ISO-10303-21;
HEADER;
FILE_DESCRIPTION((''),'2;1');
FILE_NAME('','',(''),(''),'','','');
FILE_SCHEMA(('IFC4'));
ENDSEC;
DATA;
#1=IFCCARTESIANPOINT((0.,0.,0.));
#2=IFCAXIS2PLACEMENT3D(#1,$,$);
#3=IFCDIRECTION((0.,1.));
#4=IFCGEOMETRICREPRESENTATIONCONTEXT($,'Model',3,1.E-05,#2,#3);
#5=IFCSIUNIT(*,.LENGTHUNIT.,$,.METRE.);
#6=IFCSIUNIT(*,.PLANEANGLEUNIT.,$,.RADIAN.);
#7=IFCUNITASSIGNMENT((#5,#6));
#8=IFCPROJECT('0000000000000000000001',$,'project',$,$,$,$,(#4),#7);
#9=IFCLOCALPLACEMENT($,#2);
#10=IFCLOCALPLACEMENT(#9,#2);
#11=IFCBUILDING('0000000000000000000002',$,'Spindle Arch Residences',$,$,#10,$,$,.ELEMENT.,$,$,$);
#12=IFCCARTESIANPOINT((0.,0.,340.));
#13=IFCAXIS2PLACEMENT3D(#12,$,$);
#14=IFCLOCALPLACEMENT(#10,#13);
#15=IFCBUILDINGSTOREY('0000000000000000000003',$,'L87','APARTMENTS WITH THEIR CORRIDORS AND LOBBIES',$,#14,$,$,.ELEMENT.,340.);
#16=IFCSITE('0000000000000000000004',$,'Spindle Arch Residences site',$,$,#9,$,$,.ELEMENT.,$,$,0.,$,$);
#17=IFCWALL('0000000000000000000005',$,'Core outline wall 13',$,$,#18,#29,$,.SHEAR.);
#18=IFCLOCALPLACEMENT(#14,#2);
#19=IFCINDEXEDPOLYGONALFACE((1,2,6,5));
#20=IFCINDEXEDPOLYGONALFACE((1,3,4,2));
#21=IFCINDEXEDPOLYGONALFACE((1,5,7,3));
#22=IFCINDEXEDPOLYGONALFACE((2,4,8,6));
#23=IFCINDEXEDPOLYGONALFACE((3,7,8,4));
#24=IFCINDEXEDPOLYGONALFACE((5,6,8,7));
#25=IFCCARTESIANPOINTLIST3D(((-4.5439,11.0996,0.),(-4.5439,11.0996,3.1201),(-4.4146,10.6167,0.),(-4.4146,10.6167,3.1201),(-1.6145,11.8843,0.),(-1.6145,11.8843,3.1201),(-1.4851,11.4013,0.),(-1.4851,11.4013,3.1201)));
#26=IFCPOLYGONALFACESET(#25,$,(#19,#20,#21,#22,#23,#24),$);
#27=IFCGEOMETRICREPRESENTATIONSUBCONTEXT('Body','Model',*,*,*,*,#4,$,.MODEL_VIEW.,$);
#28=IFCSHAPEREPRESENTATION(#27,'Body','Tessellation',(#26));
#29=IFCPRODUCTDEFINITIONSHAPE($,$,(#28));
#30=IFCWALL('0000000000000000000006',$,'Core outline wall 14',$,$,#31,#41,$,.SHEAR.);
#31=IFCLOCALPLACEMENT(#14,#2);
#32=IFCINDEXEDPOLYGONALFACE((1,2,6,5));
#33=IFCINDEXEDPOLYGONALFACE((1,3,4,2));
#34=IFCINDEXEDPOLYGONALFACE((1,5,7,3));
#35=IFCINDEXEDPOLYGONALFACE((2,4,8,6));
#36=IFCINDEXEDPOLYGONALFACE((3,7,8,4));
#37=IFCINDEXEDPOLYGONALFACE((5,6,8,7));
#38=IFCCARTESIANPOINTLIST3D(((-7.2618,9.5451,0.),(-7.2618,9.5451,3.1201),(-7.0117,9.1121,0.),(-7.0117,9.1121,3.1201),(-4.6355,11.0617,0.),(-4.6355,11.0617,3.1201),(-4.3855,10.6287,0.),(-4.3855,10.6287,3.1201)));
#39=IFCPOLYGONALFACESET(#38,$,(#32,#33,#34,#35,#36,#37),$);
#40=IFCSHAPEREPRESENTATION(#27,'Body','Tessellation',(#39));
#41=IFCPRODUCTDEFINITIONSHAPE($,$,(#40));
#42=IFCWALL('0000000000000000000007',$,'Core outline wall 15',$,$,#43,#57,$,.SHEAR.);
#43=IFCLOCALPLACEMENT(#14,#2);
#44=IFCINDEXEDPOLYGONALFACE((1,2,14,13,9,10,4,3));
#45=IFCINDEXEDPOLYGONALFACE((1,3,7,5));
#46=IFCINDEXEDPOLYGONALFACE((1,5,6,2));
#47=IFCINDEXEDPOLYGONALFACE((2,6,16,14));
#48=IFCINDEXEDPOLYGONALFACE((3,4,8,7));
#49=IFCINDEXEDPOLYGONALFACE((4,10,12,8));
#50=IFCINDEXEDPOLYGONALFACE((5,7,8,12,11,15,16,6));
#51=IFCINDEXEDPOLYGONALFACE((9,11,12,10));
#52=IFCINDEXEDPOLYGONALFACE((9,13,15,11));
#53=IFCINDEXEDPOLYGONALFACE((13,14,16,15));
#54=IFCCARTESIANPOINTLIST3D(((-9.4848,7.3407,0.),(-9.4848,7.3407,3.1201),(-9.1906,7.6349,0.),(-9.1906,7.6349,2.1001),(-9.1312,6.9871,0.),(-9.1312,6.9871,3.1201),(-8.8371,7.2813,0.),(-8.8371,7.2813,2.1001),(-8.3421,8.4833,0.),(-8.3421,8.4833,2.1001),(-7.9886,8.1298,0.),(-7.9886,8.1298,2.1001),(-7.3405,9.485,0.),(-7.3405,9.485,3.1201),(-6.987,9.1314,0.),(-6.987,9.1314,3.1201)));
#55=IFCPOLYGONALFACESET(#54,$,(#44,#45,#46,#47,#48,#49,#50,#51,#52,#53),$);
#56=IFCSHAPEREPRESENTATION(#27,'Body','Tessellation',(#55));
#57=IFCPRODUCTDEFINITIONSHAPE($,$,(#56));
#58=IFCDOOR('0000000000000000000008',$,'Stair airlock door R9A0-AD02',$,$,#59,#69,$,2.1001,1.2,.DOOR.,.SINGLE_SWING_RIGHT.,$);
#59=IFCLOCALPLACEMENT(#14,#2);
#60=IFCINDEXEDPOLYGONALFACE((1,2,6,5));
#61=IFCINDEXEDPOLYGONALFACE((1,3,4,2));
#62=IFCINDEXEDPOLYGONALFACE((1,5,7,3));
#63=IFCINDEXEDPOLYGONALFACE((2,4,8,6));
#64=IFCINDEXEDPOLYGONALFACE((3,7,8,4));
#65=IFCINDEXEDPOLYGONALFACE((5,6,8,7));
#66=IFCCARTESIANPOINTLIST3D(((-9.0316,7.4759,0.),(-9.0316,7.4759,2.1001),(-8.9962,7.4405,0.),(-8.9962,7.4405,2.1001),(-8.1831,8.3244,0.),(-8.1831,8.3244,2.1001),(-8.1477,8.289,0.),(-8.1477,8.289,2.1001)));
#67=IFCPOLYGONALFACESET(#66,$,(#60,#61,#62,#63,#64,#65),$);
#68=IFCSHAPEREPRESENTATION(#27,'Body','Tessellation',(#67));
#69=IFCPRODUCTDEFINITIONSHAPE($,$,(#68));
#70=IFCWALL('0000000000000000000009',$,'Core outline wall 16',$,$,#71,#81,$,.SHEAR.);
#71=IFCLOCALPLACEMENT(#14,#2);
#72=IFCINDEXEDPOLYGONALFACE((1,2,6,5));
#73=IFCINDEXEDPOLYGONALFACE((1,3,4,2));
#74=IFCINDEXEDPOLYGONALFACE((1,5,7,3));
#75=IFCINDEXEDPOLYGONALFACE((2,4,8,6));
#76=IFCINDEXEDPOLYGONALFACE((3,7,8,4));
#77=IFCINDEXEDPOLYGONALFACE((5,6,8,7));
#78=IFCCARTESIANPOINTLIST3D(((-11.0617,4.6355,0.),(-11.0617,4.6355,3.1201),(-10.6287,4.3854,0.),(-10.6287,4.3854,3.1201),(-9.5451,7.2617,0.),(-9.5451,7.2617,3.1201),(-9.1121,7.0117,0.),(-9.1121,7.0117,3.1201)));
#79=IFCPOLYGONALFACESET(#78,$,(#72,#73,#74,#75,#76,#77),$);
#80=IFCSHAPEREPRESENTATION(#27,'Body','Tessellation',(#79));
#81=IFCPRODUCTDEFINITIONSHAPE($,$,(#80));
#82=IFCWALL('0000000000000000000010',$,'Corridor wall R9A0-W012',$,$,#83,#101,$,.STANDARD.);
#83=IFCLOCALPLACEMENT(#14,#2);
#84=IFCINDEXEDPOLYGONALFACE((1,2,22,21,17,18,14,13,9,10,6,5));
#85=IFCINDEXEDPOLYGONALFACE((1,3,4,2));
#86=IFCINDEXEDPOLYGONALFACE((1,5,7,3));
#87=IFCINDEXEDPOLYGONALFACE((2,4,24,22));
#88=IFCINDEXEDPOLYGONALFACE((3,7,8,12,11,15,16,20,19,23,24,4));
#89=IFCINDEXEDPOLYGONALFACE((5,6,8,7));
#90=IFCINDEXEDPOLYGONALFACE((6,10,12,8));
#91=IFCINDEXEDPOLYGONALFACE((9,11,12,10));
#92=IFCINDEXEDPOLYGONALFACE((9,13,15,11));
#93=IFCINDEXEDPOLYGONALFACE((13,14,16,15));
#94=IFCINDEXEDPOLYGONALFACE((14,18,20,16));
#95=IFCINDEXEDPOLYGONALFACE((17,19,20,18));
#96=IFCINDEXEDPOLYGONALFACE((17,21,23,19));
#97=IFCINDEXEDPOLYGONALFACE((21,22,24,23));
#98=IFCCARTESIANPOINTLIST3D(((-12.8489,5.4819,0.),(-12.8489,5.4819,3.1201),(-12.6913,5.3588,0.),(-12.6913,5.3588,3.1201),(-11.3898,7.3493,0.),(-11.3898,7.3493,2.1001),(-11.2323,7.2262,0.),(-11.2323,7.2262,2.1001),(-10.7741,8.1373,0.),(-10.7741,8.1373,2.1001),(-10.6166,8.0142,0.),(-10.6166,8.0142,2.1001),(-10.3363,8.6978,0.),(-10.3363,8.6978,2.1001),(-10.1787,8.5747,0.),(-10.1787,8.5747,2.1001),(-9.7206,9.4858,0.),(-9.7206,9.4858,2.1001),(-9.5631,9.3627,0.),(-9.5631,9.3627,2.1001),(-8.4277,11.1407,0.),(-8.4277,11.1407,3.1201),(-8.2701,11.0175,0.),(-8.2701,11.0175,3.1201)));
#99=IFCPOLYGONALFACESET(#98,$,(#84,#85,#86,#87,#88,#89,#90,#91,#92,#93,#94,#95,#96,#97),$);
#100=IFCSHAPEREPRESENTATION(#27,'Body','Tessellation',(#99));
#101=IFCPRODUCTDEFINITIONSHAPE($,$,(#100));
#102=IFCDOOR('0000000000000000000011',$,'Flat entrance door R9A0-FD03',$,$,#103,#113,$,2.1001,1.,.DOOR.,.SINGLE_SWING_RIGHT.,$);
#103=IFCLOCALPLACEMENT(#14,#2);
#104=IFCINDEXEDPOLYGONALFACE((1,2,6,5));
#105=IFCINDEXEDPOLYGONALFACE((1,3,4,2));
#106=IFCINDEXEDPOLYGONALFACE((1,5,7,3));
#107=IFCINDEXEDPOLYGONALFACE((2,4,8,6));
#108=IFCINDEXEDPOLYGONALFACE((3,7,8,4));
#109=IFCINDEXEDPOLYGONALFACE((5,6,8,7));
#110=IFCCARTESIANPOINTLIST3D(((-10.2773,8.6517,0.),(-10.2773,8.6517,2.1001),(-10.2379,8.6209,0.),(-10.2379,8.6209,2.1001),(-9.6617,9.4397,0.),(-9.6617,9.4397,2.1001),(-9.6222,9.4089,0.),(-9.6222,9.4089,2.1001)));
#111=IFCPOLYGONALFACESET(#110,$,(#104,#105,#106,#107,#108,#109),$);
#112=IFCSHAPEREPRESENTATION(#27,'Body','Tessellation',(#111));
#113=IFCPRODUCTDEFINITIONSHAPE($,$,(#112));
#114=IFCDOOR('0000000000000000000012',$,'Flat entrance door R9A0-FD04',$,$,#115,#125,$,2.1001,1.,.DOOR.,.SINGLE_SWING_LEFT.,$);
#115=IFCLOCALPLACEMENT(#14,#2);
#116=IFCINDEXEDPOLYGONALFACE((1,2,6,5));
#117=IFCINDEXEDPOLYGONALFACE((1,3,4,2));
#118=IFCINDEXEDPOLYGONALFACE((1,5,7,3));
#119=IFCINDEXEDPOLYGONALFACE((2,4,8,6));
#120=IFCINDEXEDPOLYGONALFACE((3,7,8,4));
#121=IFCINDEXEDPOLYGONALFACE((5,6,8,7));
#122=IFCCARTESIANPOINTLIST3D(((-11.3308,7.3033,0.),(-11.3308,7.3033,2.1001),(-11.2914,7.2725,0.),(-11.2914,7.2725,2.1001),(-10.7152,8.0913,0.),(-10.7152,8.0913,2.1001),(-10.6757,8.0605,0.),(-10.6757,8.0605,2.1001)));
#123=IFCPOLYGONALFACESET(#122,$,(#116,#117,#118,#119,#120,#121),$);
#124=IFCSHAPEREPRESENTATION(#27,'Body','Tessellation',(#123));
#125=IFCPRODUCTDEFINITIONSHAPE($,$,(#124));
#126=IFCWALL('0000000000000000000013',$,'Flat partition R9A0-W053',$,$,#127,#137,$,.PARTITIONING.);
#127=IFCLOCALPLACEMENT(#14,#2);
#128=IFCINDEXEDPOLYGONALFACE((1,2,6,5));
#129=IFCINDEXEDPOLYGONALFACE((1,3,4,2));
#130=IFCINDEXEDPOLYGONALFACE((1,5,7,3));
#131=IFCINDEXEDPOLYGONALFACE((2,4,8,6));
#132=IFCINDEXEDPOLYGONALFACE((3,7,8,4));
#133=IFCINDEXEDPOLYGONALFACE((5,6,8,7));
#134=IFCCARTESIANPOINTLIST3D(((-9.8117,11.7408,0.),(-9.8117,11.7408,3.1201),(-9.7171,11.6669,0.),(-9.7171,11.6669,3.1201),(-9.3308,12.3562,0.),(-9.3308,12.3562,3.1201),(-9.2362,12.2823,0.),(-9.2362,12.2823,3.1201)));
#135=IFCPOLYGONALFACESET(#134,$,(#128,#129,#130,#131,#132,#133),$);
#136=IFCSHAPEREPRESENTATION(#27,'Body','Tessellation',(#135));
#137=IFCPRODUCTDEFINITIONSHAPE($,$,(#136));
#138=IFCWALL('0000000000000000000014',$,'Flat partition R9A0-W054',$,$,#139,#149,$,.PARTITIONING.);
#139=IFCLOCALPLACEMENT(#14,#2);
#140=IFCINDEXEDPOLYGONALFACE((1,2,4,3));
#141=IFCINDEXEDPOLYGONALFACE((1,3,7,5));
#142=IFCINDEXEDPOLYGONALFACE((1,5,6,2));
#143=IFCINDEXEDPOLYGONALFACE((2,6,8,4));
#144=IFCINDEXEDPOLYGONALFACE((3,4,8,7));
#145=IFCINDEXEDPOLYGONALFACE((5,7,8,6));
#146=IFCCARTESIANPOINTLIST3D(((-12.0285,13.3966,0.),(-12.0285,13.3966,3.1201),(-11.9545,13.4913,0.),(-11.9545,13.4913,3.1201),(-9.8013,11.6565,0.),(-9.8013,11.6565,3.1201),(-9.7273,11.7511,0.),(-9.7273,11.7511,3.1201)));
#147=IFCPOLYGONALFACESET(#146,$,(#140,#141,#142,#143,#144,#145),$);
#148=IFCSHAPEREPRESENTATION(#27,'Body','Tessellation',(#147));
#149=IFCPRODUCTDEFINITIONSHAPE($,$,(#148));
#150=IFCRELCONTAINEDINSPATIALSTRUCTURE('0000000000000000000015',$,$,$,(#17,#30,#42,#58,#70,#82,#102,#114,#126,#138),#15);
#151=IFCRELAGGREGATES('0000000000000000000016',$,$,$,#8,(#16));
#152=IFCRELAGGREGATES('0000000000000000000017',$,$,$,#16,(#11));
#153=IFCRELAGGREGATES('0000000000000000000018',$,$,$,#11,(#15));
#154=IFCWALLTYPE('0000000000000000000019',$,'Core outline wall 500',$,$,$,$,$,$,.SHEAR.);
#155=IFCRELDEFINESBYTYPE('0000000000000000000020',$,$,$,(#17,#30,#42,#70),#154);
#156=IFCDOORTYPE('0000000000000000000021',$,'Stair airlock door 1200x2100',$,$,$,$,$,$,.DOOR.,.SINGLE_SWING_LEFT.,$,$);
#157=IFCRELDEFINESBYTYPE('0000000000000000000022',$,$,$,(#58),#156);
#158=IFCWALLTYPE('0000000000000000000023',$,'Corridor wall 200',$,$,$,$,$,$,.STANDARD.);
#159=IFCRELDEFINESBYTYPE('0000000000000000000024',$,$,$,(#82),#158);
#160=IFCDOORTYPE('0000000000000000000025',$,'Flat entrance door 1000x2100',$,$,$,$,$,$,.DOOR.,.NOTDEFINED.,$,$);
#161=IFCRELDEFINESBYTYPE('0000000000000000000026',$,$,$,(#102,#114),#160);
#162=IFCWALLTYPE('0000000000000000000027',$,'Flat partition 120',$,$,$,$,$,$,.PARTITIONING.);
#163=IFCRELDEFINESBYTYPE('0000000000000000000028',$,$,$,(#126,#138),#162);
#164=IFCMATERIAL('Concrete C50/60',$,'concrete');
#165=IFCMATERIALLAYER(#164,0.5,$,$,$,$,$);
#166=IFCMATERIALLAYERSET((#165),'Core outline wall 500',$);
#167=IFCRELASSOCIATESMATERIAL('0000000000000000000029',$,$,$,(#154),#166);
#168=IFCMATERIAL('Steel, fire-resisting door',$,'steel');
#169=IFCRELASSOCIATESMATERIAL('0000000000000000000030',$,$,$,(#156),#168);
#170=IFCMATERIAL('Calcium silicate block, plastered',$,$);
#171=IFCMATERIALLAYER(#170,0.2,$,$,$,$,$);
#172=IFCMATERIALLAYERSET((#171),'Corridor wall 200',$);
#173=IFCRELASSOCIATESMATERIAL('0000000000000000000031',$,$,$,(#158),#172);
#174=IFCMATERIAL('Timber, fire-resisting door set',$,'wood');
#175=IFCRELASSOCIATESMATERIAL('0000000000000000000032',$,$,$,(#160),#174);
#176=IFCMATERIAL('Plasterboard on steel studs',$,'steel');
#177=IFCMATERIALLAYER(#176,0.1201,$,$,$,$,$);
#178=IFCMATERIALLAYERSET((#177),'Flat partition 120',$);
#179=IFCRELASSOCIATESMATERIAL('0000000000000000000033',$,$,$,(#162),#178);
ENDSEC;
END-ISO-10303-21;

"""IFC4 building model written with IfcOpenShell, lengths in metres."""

from ifc_helpers import new_model, si_unit, direction, frame, frame_2d, origin, place, context, subcontext, project, spatial, rectangle, extrude, material, layer, layer_set, type_object, element, fill, save


model = new_model("IFC4")

# Units and contexts
model_context = context("Model", 3, precision=1e-05, world=origin(), true_north=direction((0.0, 1.0)))
body_context = subcontext(model_context, "Body", "Model", "MODEL_VIEW")
ifc_project = project(units=[si_unit("LENGTHUNIT", "METRE"), si_unit("PLANEANGLEUNIT", "RADIAN")], contexts=[model_context])

# Site, building, storey
site_placement = place(None, origin())
site = spatial("IfcSite", under=ifc_project, at=site_placement, Name="Spindle Arch Residences site", CompositionType="ELEMENT", RefElevation=0.0)
building_placement = place(site_placement, origin())
building = spatial("IfcBuilding", under=site, at=building_placement, Name="Spindle Arch Residences", CompositionType="ELEMENT")
storey_placement = place(building_placement, frame((0.0, 0.0, 340.0)))
storey = spatial("IfcBuildingStorey", under=building, at=storey_placement, Name="L87", Description="APARTMENTS WITH THEIR CORRIDORS AND LOBBIES", CompositionType="ELEMENT", Elevation=340.0)

# Walls
ifc_material_1 = material(Name="Concrete C50/60", Category="concrete")
ifc_layer_1 = layer(ifc_material_1, 0.5)
ifc_layer_set_1 = layer_set([ifc_layer_1], Name="Core outline wall 500")
wall_type_1 = type_object("IfcWallType", Name="Core outline wall 500", PredefinedType="SHEAR", material=ifc_layer_set_1)
for number, where, z_axis, x_axis, name in (
    (1, (-1.5498, 11.6428, 0.0), (0.0, 0.0, 1.0), (-0.965948, -0.258735, 0.0), "Core outline wall 13"),
    (2, (-4.5105, 10.8452, 0.0), (0.0, 0.0, 1.0), (-0.865975, -0.500087, 0.0), "Core outline wall 14"),
):
    element("IfcWall", number, at=place(storey_placement, frame(where, z_axis=z_axis, x_axis=x_axis)), inside=storey, type_object=wall_type_1, Name=name, PredefinedType="SHEAR", context=body_context, shape_type="SweptSolid", body=[
        extrude(rectangle(XDim=3.0327, YDim=0.5, at=frame_2d((1.5164, 0.0))), origin(), (0.0, 0.0, 1.0), 3.1201),
    ])

# Wall, opening, door
wall_1_placement = place(storey_placement, frame((-7.1638, 9.3081, 0.0), z_axis=(0.0, 0.0, 1.0), x_axis=(-0.707107, -0.707107, 0.0)))
wall_1 = element("IfcWall", 3, at=wall_1_placement, inside=storey, type_object=wall_type_1, Name="Core outline wall 15", PredefinedType="SHEAR", context=body_context, shape_type="SweptSolid", body=[
    extrude(rectangle(XDim=3.0325, YDim=0.5, at=frame_2d((1.5161, 0.0))), origin(), (0.0, 0.0, 1.0), 3.1201),
])
opening_1_placement = place(wall_1_placement, frame((1.4163, 0.0, 0.0)))
opening_1 = element("IfcOpeningElement", 4, at=opening_1_placement, cuts=wall_1, PredefinedType="OPENING", context=body_context, shape_type="SweptSolid", body=[
    extrude(rectangle(XDim=1.2, YDim=2.1001, at=frame_2d((0.6001, 1.05))), frame((0.0, 0.26, 0.0), z_axis=(0.0, -1.0, 0.0), x_axis=(1.0, 0.0, 0.0)), (0.0, 0.0, 1.0), 0.52),
])
ifc_material_2 = material(Name="Steel, fire-resisting door", Category="steel")
door_type_1 = type_object("IfcDoorType", Name="Stair airlock door 1200x2100", OperationType="SINGLE_SWING_LEFT", PredefinedType="DOOR", material=ifc_material_2)
door_1_placement = place(opening_1_placement, origin())
door_1 = element("IfcDoor", 5, at=door_1_placement, inside=storey, type_object=door_type_1, Name="Stair airlock door R9A0-AD02", OperationType="SINGLE_SWING_RIGHT", OverallHeight=2.1001, OverallWidth=1.2, PredefinedType="DOOR", context=body_context, shape_type="SweptSolid", body=[
    extrude(rectangle(XDim=1.2, YDim=2.1001, at=frame_2d((0.6001, 1.05))), frame((0.0, 0.0249, 0.0), z_axis=(0.0, -1.0, 0.0), x_axis=(1.0, 0.0, 0.0)), (0.0, 0.0, 1.0), 0.05),
])
fill(opening_1, door_1)

# Wall
wall_2_placement = place(storey_placement, frame((-9.3286, 7.1367, 0.0), z_axis=(0.0, 0.0, 1.0), x_axis=(-0.500087, -0.865975, 0.0)))
element("IfcWall", 6, at=wall_2_placement, inside=storey, type_object=wall_type_1, Name="Core outline wall 16", PredefinedType="SHEAR", context=body_context, shape_type="SweptSolid", body=[
    extrude(rectangle(XDim=3.0327, YDim=0.5, at=frame_2d((1.5164, 0.0))), origin(), (0.0, 0.0, 1.0), 3.1201),
])

# Wall, openings, doors
ifc_material_3 = material(Name="Calcium silicate block, plastered")
ifc_layer_2 = layer(ifc_material_3, 0.2)
ifc_layer_set_2 = layer_set([ifc_layer_2], Name="Corridor wall 200")
wall_type_2 = type_object("IfcWallType", Name="Corridor wall 200", PredefinedType="STANDARD", material=ifc_layer_set_2)
wall_3_placement = place(storey_placement, frame((-8.3489, 11.0791, 0.0), z_axis=(0.0, 0.0, 1.0), x_axis=(-0.615669, -0.788005, 0.0)))
wall_3 = element("IfcWall", 7, at=wall_3_placement, inside=storey, type_object=wall_type_2, Name="Corridor wall R9A0-W012", PredefinedType="STANDARD", context=body_context, shape_type="SweptSolid", body=[
    extrude(rectangle(XDim=7.1812, YDim=0.2, at=frame_2d((3.5906, 0.0))), origin(), (0.0, 0.0, 1.0), 3.1201),
])
opening_2_placement = place(wall_3_placement, frame((2.1001, 0.0, 0.0)))
opening_2 = element("IfcOpeningElement", 8, at=opening_2_placement, cuts=wall_3, PredefinedType="OPENING", context=body_context, shape_type="SweptSolid", body=[
    extrude(rectangle(XDim=1.0, YDim=2.1001, at=frame_2d((0.5, 1.05))), frame((0.0, 0.1099, 0.0), z_axis=(0.0, -1.0, 0.0), x_axis=(1.0, 0.0, 0.0)), (0.0, 0.0, 1.0), 0.22),
])
opening_3_placement = place(wall_3_placement, frame((3.8113, 0.0, 0.0)))
opening_3 = element("IfcOpeningElement", 9, at=opening_3_placement, cuts=wall_3, PredefinedType="OPENING", context=body_context, shape_type="SweptSolid", body=[
    extrude(rectangle(XDim=1.0, YDim=2.1001, at=frame_2d((0.5, 1.05))), frame((0.0, 0.1099, 0.0), z_axis=(0.0, -1.0, 0.0), x_axis=(1.0, 0.0, 0.0)), (0.0, 0.0, 1.0), 0.22),
])
ifc_material_4 = material(Name="Timber, fire-resisting door set", Category="wood")
door_type_2 = type_object("IfcDoorType", Name="Flat entrance door 1000x2100", OperationType="NOTDEFINED", PredefinedType="DOOR", material=ifc_material_4)
door_2_placement = place(opening_2_placement, origin())
door_2 = element("IfcDoor", 10, at=door_2_placement, inside=storey, type_object=door_type_2, Name="Flat entrance door R9A0-FD03", OperationType="SINGLE_SWING_RIGHT", OverallHeight=2.1001, OverallWidth=1.0, PredefinedType="DOOR", context=body_context, shape_type="SweptSolid", body=[
    extrude(rectangle(XDim=1.0, YDim=2.1001, at=frame_2d((0.5, 1.05))), frame((0.0, 0.0249, 0.0), z_axis=(0.0, -1.0, 0.0), x_axis=(1.0, 0.0, 0.0)), (0.0, 0.0, 1.0), 0.05),
])
fill(opening_2, door_2)
door_3_placement = place(opening_3_placement, origin())
door_3 = element("IfcDoor", 11, at=door_3_placement, inside=storey, type_object=door_type_2, Name="Flat entrance door R9A0-FD04", OperationType="SINGLE_SWING_LEFT", OverallHeight=2.1001, OverallWidth=1.0, PredefinedType="DOOR", context=body_context, shape_type="SweptSolid", body=[
    extrude(rectangle(XDim=1.0, YDim=2.1001, at=frame_2d((0.5, 1.05))), frame((0.0, 0.0249, 0.0), z_axis=(0.0, -1.0, 0.0), x_axis=(1.0, 0.0, 0.0)), (0.0, 0.0, 1.0), 0.05),
])
fill(opening_3, door_3)

# Walls
ifc_material_5 = material(Name="Plasterboard on steel studs", Category="steel")
ifc_layer_3 = layer(ifc_material_5, 0.1201)
ifc_layer_set_3 = layer_set([ifc_layer_3], Name="Flat partition 120")
wall_type_3 = type_object("IfcWallType", Name="Flat partition 120", PredefinedType="PARTITIONING", material=ifc_layer_set_3)
wall_4_placement = place(storey_placement, frame((-9.2834, 12.3193, 0.0), z_axis=(0.0, 0.0, 1.0), x_axis=(-0.615735, -0.787953, 0.0)))
element("IfcWall", 12, at=wall_4_placement, inside=storey, type_object=wall_type_3, Name="Flat partition R9A0-W053", PredefinedType="PARTITIONING", context=body_context, shape_type="SweptSolid", body=[
    extrude(rectangle(XDim=0.781, YDim=0.1201, at=frame_2d((0.3906, 0.0))), origin(), (0.0, 0.0, 1.0), 3.1201),
])
wall_5_placement = place(storey_placement, frame((-9.7644, 11.7039, 0.0), z_axis=(0.0, 0.0, 1.0), x_axis=(-0.787997, 0.615679, 0.0)))
element("IfcWall", 13, at=wall_5_placement, inside=storey, type_object=wall_type_3, Name="Flat partition R9A0-W054", PredefinedType="PARTITIONING", context=body_context, shape_type="SweptSolid", body=[
    extrude(rectangle(XDim=2.8264, YDim=0.1201, at=frame_2d((1.4131, 0.0))), origin(), (0.0, 0.0, 1.0), 3.1201),
])

save(model, "model.ifc")
